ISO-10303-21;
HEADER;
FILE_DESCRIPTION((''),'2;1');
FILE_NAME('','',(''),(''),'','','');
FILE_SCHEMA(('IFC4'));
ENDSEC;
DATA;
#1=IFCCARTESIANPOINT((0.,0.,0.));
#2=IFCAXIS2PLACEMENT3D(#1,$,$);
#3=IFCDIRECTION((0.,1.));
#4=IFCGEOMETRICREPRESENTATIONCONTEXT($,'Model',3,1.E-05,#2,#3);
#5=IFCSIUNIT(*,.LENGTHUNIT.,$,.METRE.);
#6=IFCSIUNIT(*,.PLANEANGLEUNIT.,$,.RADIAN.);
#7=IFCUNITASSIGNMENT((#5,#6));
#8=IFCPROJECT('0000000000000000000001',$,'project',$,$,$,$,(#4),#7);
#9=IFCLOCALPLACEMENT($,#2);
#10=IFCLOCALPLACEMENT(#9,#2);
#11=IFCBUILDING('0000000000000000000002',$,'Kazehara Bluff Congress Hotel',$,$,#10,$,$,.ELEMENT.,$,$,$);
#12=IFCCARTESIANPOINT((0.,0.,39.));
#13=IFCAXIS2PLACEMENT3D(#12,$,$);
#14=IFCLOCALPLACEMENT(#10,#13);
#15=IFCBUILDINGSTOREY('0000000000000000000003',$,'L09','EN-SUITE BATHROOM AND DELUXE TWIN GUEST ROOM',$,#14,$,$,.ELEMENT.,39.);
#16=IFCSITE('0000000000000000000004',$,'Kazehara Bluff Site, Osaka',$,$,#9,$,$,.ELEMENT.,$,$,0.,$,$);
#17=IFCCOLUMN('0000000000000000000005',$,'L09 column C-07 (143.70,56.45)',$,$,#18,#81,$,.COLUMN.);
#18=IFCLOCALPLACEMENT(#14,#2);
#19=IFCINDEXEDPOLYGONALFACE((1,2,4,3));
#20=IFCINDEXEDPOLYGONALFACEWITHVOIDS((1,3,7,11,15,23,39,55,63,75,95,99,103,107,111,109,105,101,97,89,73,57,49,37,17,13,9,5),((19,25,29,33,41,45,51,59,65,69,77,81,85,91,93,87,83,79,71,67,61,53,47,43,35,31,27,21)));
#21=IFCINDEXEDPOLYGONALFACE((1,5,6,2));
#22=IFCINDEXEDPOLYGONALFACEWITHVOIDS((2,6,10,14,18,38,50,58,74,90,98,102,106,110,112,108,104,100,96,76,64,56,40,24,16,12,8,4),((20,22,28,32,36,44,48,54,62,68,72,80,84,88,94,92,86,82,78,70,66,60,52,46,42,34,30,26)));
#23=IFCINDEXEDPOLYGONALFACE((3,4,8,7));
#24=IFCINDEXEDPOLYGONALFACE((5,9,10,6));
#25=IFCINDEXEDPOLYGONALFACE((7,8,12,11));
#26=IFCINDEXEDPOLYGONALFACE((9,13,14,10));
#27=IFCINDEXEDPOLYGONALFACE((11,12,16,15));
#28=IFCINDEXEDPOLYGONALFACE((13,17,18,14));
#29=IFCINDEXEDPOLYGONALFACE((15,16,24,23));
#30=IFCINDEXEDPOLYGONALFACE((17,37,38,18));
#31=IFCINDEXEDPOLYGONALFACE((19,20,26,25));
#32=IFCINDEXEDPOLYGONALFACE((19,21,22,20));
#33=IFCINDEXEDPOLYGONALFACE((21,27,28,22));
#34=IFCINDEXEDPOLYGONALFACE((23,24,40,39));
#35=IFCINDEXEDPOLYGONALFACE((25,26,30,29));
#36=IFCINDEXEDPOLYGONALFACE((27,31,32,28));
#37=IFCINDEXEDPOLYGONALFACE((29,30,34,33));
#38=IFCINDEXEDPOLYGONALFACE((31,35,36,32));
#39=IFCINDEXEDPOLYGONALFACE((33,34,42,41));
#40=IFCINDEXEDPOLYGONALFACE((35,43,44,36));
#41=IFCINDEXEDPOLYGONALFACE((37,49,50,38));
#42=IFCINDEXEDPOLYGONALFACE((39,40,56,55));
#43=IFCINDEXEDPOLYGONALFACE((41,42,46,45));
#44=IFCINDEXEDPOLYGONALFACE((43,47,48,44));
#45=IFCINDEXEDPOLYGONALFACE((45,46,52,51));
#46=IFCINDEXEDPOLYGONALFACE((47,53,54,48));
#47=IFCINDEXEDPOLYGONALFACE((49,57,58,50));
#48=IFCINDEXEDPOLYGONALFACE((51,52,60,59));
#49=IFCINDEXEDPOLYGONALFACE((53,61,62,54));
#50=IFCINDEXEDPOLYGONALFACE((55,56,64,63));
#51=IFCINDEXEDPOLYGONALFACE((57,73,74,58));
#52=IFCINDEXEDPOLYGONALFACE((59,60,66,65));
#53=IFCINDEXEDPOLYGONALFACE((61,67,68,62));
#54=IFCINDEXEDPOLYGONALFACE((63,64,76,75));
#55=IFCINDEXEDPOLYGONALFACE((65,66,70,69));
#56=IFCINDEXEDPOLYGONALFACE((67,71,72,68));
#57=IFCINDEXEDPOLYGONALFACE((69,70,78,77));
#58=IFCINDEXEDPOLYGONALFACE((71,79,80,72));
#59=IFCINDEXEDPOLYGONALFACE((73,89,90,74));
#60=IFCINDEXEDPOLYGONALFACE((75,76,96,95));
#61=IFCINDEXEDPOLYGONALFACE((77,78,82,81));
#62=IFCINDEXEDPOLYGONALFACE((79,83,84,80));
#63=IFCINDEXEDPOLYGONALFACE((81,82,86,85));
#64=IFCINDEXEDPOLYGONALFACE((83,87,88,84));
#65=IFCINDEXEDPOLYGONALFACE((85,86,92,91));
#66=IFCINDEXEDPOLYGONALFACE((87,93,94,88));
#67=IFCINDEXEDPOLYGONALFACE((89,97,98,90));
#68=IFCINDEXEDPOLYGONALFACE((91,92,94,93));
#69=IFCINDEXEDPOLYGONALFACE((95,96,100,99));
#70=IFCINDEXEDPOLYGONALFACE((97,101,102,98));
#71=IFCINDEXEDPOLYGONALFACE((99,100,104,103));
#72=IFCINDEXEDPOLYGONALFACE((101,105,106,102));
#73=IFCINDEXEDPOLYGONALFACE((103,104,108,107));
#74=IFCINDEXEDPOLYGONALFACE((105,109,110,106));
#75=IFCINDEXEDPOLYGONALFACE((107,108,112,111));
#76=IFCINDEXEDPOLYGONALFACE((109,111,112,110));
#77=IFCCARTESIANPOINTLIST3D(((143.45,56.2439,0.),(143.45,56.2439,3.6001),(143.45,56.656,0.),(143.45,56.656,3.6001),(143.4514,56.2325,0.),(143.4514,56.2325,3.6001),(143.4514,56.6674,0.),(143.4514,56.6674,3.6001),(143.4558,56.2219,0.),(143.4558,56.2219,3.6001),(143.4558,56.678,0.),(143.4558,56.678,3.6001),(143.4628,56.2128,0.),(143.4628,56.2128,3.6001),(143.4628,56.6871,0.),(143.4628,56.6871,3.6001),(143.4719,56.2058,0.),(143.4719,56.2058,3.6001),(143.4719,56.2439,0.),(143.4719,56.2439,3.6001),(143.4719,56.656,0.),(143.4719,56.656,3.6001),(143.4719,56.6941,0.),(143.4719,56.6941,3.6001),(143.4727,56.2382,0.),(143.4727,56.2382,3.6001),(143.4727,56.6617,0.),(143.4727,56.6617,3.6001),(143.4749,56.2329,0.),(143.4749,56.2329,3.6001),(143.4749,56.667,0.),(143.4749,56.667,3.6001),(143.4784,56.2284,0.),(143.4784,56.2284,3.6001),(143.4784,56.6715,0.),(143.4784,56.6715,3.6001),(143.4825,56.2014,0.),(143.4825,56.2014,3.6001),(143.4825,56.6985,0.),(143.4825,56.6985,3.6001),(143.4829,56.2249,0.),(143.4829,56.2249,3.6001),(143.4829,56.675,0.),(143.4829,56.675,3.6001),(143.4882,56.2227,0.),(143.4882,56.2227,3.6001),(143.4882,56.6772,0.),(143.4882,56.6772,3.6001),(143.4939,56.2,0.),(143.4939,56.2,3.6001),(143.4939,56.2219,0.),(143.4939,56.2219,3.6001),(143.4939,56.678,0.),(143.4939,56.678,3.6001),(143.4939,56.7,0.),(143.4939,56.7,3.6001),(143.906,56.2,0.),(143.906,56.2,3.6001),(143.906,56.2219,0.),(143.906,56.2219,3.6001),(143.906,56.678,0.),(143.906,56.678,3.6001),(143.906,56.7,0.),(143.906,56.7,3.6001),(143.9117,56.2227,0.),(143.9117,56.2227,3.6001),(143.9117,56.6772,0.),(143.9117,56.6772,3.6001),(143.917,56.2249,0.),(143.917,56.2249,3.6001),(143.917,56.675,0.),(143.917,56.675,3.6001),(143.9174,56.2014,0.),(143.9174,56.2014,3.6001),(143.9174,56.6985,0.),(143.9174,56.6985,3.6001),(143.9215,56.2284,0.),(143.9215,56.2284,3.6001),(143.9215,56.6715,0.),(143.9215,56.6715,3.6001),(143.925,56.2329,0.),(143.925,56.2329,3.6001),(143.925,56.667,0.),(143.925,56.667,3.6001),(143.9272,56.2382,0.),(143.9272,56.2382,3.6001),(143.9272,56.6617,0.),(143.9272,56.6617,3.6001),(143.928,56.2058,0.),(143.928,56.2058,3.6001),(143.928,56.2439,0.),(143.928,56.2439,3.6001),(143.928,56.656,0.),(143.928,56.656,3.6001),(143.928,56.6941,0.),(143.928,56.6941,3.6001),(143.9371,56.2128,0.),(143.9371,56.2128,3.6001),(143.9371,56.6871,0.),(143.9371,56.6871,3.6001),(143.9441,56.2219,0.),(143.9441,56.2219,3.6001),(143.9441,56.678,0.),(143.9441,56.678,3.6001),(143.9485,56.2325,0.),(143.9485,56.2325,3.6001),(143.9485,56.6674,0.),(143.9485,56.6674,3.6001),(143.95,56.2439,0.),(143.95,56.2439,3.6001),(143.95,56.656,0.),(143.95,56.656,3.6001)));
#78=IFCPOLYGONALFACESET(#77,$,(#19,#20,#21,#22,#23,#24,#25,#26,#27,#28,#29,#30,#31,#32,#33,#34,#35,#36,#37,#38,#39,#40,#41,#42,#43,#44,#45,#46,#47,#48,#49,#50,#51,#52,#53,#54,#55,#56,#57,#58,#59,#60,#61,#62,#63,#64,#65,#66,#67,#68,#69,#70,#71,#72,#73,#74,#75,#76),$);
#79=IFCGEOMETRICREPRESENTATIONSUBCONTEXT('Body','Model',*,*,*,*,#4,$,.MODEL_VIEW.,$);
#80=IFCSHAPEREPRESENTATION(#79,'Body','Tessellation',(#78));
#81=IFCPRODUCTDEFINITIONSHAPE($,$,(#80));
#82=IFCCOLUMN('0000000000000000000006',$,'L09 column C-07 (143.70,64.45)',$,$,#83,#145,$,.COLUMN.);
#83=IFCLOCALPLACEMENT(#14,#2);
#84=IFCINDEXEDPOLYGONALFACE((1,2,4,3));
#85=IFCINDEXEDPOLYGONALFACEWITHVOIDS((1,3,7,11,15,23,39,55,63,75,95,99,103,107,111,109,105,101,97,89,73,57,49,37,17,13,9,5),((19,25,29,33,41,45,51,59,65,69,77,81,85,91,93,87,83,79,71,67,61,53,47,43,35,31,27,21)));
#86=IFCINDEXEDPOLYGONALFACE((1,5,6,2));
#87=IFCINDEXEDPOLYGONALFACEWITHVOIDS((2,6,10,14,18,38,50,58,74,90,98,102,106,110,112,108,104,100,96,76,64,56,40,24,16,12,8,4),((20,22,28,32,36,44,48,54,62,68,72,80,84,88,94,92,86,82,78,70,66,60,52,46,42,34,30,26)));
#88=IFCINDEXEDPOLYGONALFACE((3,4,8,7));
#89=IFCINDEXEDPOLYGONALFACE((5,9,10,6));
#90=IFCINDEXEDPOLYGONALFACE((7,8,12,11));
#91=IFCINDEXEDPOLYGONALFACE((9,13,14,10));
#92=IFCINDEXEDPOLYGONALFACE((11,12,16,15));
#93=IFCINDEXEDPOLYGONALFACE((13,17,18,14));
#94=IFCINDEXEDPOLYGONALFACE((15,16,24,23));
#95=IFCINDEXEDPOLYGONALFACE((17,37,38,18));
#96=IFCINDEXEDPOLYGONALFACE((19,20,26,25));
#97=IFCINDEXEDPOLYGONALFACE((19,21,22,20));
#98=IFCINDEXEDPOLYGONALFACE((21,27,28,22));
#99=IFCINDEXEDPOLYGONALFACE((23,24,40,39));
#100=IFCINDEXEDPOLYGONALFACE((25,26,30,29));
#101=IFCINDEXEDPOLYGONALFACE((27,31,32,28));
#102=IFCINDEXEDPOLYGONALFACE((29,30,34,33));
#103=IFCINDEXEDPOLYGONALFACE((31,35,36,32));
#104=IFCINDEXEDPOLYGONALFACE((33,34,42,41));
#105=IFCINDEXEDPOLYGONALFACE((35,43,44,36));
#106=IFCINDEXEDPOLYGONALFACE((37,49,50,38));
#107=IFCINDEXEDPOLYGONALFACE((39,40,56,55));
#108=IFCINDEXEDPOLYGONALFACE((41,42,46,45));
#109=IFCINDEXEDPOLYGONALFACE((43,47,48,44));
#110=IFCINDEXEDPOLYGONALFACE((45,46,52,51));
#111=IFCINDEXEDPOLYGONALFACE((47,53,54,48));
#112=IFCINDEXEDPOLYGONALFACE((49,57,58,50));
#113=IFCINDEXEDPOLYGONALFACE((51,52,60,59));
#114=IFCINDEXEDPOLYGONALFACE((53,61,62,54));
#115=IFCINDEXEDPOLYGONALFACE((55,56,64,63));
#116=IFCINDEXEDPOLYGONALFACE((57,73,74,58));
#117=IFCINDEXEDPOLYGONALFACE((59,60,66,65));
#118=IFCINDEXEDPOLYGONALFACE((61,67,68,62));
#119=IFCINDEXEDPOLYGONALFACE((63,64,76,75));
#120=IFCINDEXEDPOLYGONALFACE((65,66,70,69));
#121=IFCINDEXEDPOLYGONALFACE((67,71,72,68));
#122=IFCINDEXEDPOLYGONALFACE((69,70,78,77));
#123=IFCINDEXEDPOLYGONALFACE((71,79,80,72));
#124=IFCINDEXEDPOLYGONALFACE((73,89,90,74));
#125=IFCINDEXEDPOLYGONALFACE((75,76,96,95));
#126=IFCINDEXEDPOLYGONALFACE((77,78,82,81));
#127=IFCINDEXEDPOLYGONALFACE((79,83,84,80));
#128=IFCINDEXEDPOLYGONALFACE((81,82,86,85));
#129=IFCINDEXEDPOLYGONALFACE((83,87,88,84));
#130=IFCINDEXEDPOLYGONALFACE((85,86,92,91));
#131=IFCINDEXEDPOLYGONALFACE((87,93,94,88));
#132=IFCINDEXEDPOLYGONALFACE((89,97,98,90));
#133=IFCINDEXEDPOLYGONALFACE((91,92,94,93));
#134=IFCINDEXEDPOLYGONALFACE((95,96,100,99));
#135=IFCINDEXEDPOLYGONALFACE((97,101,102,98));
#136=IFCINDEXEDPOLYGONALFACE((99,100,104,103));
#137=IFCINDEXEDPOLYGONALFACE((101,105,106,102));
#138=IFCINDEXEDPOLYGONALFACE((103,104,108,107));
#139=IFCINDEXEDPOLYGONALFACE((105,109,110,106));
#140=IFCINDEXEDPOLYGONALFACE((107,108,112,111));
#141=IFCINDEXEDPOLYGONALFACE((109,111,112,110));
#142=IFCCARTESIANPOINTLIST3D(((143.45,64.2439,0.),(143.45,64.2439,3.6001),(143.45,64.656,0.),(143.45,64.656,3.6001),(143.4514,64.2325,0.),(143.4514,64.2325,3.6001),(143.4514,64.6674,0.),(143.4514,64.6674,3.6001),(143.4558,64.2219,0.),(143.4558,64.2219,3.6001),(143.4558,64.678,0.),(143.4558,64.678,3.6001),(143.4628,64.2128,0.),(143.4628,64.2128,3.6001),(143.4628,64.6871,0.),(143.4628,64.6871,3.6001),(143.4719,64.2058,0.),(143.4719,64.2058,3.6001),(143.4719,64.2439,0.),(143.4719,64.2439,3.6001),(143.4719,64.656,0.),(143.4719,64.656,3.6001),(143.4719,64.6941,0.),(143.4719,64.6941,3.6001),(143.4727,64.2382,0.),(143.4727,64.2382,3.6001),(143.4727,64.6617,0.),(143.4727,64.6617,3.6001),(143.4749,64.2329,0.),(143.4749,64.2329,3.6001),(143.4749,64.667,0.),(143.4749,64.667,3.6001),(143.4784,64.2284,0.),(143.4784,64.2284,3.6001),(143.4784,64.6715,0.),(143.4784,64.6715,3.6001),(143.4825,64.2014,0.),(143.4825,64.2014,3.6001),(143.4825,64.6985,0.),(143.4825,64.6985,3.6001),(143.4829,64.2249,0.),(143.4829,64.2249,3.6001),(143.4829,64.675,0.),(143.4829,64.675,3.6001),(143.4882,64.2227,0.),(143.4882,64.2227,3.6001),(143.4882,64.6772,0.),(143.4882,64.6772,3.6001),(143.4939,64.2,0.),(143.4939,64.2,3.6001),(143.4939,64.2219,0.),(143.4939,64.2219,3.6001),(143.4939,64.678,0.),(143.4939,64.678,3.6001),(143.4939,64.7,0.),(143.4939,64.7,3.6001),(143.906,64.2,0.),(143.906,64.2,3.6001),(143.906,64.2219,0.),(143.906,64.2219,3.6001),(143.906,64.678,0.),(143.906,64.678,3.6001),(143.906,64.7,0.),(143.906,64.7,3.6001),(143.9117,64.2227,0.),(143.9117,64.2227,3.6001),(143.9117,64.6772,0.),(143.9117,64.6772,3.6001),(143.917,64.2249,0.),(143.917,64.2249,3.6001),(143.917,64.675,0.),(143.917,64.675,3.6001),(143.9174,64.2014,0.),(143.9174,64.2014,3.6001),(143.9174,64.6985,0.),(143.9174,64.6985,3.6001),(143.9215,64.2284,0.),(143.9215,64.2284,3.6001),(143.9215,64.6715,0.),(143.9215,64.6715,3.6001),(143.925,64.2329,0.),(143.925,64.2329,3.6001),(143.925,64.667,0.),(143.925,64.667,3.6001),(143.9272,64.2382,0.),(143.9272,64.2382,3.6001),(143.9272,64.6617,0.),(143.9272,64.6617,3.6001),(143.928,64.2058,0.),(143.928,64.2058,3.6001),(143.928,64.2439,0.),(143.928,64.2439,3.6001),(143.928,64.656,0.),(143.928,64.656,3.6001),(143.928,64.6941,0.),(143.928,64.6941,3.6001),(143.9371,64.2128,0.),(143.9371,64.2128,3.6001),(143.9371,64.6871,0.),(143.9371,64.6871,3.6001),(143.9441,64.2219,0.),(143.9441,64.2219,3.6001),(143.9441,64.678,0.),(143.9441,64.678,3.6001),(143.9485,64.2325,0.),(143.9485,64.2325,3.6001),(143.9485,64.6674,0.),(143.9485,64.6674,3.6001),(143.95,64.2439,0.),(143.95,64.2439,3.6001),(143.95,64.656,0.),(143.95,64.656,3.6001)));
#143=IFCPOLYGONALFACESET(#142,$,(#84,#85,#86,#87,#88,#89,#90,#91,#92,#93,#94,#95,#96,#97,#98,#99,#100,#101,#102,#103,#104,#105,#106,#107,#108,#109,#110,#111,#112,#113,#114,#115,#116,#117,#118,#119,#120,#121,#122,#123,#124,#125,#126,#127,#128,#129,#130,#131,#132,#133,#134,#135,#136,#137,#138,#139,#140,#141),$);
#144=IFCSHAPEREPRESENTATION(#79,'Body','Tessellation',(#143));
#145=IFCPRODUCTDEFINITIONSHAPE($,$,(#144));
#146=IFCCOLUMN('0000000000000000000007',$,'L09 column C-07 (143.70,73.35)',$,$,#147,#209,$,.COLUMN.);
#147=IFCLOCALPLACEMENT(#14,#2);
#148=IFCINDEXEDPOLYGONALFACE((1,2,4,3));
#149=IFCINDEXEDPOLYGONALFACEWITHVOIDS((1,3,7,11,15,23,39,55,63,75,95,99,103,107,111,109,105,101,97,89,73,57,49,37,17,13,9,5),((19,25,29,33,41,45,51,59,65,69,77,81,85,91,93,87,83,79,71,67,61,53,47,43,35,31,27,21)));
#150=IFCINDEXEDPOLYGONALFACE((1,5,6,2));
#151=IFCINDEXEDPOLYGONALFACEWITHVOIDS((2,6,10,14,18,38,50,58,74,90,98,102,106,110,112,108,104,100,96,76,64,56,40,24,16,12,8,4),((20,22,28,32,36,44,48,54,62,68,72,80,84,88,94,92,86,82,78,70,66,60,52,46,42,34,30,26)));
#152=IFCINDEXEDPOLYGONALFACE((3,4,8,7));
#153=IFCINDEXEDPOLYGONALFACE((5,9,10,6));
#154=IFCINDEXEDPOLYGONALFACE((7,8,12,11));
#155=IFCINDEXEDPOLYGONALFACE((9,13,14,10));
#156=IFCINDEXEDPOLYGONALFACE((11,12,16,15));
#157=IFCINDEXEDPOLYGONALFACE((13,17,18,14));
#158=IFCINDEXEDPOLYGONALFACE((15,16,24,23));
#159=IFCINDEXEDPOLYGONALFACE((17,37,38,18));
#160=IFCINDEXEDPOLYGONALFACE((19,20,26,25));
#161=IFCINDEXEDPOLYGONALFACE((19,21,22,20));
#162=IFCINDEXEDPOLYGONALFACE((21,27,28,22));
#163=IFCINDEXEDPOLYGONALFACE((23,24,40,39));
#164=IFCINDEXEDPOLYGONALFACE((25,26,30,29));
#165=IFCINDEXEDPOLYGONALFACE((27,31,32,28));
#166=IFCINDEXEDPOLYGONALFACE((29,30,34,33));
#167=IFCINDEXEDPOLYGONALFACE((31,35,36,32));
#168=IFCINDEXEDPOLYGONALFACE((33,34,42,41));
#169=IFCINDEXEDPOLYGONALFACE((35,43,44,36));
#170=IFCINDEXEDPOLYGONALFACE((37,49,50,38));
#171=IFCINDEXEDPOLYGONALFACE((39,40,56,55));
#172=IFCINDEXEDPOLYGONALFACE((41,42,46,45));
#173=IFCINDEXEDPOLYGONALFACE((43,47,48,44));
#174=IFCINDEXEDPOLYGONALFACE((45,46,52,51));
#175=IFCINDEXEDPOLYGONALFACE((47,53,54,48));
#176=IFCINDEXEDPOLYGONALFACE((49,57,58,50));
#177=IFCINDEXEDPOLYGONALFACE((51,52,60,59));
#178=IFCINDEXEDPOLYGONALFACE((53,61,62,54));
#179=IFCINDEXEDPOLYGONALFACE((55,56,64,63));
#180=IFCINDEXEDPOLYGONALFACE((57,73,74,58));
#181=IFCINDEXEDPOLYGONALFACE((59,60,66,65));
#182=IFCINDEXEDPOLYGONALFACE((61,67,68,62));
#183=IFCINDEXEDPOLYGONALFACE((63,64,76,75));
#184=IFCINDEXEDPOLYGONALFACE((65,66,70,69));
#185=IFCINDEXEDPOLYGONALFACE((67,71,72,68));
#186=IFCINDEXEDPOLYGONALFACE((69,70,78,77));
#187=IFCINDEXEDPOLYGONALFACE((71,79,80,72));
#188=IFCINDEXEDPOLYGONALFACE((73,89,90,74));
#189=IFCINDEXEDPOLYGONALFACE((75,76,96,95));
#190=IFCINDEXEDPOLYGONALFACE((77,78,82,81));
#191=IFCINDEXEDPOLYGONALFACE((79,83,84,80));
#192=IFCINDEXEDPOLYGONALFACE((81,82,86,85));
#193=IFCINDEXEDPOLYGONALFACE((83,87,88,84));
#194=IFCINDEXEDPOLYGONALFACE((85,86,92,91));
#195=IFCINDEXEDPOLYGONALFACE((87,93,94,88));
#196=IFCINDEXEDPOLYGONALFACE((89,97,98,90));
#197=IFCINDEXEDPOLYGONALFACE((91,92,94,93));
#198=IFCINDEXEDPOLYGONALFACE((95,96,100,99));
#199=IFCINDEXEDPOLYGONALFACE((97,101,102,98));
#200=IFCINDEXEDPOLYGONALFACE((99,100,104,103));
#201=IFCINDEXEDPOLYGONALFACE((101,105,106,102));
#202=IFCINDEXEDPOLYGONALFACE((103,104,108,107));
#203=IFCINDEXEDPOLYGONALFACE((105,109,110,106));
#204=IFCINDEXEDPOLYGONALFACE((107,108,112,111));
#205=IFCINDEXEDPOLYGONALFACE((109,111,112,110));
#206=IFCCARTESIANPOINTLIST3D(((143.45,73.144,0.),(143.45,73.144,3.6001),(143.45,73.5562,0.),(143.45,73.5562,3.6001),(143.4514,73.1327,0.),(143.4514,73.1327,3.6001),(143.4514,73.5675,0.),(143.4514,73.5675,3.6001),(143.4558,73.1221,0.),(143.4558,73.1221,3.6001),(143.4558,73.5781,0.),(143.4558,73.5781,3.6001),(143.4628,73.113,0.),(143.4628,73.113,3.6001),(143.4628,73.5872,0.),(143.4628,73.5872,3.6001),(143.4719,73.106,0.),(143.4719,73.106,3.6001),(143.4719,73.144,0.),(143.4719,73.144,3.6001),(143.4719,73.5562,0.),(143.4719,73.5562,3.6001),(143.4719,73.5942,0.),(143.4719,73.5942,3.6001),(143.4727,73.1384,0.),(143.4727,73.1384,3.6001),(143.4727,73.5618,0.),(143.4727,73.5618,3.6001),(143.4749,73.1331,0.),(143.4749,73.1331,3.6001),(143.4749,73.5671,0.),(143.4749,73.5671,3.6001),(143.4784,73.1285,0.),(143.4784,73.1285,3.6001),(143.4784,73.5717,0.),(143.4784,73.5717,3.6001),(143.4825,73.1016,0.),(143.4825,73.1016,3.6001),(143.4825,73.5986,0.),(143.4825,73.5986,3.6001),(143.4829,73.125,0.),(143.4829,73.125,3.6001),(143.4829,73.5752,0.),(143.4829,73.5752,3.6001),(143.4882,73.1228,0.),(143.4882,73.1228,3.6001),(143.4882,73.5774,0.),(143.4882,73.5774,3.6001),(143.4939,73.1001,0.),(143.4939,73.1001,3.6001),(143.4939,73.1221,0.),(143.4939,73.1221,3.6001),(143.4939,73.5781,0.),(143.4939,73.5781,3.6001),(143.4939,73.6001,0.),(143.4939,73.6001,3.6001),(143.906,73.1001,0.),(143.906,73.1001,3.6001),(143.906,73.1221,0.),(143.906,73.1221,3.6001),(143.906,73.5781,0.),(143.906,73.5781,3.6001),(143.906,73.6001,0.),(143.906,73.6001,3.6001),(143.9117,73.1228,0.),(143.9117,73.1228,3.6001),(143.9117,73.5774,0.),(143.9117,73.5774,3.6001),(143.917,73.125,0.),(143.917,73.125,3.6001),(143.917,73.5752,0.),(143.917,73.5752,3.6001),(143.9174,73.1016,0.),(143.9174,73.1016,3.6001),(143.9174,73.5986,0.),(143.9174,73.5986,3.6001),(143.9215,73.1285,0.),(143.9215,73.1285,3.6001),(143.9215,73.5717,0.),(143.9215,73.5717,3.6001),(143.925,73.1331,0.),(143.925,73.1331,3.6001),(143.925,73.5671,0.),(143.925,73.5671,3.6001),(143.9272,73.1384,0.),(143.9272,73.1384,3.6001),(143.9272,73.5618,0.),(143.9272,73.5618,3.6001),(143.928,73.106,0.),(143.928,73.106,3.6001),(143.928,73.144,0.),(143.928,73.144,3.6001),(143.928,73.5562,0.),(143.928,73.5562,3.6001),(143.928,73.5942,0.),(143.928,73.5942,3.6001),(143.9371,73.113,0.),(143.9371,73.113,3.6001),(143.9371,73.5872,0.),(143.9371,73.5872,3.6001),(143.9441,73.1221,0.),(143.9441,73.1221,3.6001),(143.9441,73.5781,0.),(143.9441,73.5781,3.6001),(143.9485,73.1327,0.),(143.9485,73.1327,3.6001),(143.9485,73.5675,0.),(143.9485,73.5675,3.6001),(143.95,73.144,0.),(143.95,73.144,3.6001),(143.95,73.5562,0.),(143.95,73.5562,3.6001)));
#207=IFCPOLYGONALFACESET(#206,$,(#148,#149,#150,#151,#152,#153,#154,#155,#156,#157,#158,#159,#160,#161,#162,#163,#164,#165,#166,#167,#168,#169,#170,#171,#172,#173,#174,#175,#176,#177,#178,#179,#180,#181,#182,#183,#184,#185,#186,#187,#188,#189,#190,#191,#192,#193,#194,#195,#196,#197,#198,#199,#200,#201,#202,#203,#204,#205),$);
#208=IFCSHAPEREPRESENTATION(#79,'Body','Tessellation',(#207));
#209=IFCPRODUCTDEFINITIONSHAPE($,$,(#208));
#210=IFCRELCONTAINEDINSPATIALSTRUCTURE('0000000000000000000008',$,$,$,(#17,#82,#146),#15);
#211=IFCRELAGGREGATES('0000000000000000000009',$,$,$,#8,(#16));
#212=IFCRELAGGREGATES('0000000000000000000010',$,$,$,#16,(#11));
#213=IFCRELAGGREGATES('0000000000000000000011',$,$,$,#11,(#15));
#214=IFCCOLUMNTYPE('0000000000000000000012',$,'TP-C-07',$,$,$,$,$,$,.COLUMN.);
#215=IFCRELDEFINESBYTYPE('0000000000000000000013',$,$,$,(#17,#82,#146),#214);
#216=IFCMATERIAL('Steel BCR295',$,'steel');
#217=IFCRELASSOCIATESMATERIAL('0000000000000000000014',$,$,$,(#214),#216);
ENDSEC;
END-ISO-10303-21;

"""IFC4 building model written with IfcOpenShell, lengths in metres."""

from ifc_helpers import new_model, si_unit, direction, frame, origin, origin_2d, place, context, subcontext, project, spatial, hollow_rectangle, extrude, material, material_profile, profile_set, type_object, element, save


model = new_model("IFC4")

# Units and contexts
model_context = context("Model", 3, precision=1e-05, world=origin(), true_north=direction((0.0, 1.0)))
body_context = subcontext(model_context, "Body", "Model", "MODEL_VIEW")
ifc_project = project(units=[si_unit("LENGTHUNIT", "METRE"), si_unit("PLANEANGLEUNIT", "RADIAN")], contexts=[model_context])

# Site, building, storey
site_placement = place(None, origin())
site = spatial("IfcSite", under=ifc_project, at=site_placement, Name="Kazehara Bluff Site, Osaka", CompositionType="ELEMENT", RefElevation=0.0)
building_placement = place(site_placement, origin())
building = spatial("IfcBuilding", under=site, at=building_placement, Name="Kazehara Bluff Congress Hotel", CompositionType="ELEMENT")
storey_placement = place(building_placement, frame((0.0, 0.0, 39.0)))
storey = spatial("IfcBuildingStorey", under=building, at=storey_placement, Name="L09", Description="EN-SUITE BATHROOM AND DELUXE TWIN GUEST ROOM", CompositionType="ELEMENT", Elevation=39.0)

# Columns
ifc_material_1 = material(Name="Steel BCR295", Category="steel")
ifc_material_profile_1 = material_profile(ifc_material_1, hollow_rectangle(XDim=0.5, YDim=0.5, WallThickness=0.022, InnerFilletRadius=0.022, OuterFilletRadius=0.0439, at=origin_2d()))
ifc_profile_set_1 = profile_set([ifc_material_profile_1], Name="Steel BCR295")
column_type = type_object("IfcColumnType", Name="TP-C-07", PredefinedType="COLUMN", material=ifc_profile_set_1)
for number, where, z_axis, x_axis, name in (
    (1, (143.7, 56.45, 0.0), (0.0, 0.0, 1.0), (1.0, 0.0, 0.0), "L09 column C-07 (143.70,56.45)"),
    (2, (143.7, 64.45, 0.0), (0.0, 0.0, 1.0), (1.0, 0.0, 0.0), "L09 column C-07 (143.70,64.45)"),
    (3, (143.7, 73.3501, 0.0), (0.0, 0.0, 1.0), (1.0, 0.0, 0.0), "L09 column C-07 (143.70,73.35)"),
):
    element("IfcColumn", number, at=place(storey_placement, frame(where, z_axis=z_axis, x_axis=x_axis)), inside=storey, type_object=column_type, Name=name, PredefinedType="COLUMN", context=body_context, shape_type="SweptSolid", body=[
        extrude(hollow_rectangle(XDim=0.5, YDim=0.5, WallThickness=0.022, InnerFilletRadius=0.022, OuterFilletRadius=0.0439, at=origin_2d()), origin(), (0.0, 0.0, 1.0), 3.6001),
    ])

save(model, "model.ifc")
